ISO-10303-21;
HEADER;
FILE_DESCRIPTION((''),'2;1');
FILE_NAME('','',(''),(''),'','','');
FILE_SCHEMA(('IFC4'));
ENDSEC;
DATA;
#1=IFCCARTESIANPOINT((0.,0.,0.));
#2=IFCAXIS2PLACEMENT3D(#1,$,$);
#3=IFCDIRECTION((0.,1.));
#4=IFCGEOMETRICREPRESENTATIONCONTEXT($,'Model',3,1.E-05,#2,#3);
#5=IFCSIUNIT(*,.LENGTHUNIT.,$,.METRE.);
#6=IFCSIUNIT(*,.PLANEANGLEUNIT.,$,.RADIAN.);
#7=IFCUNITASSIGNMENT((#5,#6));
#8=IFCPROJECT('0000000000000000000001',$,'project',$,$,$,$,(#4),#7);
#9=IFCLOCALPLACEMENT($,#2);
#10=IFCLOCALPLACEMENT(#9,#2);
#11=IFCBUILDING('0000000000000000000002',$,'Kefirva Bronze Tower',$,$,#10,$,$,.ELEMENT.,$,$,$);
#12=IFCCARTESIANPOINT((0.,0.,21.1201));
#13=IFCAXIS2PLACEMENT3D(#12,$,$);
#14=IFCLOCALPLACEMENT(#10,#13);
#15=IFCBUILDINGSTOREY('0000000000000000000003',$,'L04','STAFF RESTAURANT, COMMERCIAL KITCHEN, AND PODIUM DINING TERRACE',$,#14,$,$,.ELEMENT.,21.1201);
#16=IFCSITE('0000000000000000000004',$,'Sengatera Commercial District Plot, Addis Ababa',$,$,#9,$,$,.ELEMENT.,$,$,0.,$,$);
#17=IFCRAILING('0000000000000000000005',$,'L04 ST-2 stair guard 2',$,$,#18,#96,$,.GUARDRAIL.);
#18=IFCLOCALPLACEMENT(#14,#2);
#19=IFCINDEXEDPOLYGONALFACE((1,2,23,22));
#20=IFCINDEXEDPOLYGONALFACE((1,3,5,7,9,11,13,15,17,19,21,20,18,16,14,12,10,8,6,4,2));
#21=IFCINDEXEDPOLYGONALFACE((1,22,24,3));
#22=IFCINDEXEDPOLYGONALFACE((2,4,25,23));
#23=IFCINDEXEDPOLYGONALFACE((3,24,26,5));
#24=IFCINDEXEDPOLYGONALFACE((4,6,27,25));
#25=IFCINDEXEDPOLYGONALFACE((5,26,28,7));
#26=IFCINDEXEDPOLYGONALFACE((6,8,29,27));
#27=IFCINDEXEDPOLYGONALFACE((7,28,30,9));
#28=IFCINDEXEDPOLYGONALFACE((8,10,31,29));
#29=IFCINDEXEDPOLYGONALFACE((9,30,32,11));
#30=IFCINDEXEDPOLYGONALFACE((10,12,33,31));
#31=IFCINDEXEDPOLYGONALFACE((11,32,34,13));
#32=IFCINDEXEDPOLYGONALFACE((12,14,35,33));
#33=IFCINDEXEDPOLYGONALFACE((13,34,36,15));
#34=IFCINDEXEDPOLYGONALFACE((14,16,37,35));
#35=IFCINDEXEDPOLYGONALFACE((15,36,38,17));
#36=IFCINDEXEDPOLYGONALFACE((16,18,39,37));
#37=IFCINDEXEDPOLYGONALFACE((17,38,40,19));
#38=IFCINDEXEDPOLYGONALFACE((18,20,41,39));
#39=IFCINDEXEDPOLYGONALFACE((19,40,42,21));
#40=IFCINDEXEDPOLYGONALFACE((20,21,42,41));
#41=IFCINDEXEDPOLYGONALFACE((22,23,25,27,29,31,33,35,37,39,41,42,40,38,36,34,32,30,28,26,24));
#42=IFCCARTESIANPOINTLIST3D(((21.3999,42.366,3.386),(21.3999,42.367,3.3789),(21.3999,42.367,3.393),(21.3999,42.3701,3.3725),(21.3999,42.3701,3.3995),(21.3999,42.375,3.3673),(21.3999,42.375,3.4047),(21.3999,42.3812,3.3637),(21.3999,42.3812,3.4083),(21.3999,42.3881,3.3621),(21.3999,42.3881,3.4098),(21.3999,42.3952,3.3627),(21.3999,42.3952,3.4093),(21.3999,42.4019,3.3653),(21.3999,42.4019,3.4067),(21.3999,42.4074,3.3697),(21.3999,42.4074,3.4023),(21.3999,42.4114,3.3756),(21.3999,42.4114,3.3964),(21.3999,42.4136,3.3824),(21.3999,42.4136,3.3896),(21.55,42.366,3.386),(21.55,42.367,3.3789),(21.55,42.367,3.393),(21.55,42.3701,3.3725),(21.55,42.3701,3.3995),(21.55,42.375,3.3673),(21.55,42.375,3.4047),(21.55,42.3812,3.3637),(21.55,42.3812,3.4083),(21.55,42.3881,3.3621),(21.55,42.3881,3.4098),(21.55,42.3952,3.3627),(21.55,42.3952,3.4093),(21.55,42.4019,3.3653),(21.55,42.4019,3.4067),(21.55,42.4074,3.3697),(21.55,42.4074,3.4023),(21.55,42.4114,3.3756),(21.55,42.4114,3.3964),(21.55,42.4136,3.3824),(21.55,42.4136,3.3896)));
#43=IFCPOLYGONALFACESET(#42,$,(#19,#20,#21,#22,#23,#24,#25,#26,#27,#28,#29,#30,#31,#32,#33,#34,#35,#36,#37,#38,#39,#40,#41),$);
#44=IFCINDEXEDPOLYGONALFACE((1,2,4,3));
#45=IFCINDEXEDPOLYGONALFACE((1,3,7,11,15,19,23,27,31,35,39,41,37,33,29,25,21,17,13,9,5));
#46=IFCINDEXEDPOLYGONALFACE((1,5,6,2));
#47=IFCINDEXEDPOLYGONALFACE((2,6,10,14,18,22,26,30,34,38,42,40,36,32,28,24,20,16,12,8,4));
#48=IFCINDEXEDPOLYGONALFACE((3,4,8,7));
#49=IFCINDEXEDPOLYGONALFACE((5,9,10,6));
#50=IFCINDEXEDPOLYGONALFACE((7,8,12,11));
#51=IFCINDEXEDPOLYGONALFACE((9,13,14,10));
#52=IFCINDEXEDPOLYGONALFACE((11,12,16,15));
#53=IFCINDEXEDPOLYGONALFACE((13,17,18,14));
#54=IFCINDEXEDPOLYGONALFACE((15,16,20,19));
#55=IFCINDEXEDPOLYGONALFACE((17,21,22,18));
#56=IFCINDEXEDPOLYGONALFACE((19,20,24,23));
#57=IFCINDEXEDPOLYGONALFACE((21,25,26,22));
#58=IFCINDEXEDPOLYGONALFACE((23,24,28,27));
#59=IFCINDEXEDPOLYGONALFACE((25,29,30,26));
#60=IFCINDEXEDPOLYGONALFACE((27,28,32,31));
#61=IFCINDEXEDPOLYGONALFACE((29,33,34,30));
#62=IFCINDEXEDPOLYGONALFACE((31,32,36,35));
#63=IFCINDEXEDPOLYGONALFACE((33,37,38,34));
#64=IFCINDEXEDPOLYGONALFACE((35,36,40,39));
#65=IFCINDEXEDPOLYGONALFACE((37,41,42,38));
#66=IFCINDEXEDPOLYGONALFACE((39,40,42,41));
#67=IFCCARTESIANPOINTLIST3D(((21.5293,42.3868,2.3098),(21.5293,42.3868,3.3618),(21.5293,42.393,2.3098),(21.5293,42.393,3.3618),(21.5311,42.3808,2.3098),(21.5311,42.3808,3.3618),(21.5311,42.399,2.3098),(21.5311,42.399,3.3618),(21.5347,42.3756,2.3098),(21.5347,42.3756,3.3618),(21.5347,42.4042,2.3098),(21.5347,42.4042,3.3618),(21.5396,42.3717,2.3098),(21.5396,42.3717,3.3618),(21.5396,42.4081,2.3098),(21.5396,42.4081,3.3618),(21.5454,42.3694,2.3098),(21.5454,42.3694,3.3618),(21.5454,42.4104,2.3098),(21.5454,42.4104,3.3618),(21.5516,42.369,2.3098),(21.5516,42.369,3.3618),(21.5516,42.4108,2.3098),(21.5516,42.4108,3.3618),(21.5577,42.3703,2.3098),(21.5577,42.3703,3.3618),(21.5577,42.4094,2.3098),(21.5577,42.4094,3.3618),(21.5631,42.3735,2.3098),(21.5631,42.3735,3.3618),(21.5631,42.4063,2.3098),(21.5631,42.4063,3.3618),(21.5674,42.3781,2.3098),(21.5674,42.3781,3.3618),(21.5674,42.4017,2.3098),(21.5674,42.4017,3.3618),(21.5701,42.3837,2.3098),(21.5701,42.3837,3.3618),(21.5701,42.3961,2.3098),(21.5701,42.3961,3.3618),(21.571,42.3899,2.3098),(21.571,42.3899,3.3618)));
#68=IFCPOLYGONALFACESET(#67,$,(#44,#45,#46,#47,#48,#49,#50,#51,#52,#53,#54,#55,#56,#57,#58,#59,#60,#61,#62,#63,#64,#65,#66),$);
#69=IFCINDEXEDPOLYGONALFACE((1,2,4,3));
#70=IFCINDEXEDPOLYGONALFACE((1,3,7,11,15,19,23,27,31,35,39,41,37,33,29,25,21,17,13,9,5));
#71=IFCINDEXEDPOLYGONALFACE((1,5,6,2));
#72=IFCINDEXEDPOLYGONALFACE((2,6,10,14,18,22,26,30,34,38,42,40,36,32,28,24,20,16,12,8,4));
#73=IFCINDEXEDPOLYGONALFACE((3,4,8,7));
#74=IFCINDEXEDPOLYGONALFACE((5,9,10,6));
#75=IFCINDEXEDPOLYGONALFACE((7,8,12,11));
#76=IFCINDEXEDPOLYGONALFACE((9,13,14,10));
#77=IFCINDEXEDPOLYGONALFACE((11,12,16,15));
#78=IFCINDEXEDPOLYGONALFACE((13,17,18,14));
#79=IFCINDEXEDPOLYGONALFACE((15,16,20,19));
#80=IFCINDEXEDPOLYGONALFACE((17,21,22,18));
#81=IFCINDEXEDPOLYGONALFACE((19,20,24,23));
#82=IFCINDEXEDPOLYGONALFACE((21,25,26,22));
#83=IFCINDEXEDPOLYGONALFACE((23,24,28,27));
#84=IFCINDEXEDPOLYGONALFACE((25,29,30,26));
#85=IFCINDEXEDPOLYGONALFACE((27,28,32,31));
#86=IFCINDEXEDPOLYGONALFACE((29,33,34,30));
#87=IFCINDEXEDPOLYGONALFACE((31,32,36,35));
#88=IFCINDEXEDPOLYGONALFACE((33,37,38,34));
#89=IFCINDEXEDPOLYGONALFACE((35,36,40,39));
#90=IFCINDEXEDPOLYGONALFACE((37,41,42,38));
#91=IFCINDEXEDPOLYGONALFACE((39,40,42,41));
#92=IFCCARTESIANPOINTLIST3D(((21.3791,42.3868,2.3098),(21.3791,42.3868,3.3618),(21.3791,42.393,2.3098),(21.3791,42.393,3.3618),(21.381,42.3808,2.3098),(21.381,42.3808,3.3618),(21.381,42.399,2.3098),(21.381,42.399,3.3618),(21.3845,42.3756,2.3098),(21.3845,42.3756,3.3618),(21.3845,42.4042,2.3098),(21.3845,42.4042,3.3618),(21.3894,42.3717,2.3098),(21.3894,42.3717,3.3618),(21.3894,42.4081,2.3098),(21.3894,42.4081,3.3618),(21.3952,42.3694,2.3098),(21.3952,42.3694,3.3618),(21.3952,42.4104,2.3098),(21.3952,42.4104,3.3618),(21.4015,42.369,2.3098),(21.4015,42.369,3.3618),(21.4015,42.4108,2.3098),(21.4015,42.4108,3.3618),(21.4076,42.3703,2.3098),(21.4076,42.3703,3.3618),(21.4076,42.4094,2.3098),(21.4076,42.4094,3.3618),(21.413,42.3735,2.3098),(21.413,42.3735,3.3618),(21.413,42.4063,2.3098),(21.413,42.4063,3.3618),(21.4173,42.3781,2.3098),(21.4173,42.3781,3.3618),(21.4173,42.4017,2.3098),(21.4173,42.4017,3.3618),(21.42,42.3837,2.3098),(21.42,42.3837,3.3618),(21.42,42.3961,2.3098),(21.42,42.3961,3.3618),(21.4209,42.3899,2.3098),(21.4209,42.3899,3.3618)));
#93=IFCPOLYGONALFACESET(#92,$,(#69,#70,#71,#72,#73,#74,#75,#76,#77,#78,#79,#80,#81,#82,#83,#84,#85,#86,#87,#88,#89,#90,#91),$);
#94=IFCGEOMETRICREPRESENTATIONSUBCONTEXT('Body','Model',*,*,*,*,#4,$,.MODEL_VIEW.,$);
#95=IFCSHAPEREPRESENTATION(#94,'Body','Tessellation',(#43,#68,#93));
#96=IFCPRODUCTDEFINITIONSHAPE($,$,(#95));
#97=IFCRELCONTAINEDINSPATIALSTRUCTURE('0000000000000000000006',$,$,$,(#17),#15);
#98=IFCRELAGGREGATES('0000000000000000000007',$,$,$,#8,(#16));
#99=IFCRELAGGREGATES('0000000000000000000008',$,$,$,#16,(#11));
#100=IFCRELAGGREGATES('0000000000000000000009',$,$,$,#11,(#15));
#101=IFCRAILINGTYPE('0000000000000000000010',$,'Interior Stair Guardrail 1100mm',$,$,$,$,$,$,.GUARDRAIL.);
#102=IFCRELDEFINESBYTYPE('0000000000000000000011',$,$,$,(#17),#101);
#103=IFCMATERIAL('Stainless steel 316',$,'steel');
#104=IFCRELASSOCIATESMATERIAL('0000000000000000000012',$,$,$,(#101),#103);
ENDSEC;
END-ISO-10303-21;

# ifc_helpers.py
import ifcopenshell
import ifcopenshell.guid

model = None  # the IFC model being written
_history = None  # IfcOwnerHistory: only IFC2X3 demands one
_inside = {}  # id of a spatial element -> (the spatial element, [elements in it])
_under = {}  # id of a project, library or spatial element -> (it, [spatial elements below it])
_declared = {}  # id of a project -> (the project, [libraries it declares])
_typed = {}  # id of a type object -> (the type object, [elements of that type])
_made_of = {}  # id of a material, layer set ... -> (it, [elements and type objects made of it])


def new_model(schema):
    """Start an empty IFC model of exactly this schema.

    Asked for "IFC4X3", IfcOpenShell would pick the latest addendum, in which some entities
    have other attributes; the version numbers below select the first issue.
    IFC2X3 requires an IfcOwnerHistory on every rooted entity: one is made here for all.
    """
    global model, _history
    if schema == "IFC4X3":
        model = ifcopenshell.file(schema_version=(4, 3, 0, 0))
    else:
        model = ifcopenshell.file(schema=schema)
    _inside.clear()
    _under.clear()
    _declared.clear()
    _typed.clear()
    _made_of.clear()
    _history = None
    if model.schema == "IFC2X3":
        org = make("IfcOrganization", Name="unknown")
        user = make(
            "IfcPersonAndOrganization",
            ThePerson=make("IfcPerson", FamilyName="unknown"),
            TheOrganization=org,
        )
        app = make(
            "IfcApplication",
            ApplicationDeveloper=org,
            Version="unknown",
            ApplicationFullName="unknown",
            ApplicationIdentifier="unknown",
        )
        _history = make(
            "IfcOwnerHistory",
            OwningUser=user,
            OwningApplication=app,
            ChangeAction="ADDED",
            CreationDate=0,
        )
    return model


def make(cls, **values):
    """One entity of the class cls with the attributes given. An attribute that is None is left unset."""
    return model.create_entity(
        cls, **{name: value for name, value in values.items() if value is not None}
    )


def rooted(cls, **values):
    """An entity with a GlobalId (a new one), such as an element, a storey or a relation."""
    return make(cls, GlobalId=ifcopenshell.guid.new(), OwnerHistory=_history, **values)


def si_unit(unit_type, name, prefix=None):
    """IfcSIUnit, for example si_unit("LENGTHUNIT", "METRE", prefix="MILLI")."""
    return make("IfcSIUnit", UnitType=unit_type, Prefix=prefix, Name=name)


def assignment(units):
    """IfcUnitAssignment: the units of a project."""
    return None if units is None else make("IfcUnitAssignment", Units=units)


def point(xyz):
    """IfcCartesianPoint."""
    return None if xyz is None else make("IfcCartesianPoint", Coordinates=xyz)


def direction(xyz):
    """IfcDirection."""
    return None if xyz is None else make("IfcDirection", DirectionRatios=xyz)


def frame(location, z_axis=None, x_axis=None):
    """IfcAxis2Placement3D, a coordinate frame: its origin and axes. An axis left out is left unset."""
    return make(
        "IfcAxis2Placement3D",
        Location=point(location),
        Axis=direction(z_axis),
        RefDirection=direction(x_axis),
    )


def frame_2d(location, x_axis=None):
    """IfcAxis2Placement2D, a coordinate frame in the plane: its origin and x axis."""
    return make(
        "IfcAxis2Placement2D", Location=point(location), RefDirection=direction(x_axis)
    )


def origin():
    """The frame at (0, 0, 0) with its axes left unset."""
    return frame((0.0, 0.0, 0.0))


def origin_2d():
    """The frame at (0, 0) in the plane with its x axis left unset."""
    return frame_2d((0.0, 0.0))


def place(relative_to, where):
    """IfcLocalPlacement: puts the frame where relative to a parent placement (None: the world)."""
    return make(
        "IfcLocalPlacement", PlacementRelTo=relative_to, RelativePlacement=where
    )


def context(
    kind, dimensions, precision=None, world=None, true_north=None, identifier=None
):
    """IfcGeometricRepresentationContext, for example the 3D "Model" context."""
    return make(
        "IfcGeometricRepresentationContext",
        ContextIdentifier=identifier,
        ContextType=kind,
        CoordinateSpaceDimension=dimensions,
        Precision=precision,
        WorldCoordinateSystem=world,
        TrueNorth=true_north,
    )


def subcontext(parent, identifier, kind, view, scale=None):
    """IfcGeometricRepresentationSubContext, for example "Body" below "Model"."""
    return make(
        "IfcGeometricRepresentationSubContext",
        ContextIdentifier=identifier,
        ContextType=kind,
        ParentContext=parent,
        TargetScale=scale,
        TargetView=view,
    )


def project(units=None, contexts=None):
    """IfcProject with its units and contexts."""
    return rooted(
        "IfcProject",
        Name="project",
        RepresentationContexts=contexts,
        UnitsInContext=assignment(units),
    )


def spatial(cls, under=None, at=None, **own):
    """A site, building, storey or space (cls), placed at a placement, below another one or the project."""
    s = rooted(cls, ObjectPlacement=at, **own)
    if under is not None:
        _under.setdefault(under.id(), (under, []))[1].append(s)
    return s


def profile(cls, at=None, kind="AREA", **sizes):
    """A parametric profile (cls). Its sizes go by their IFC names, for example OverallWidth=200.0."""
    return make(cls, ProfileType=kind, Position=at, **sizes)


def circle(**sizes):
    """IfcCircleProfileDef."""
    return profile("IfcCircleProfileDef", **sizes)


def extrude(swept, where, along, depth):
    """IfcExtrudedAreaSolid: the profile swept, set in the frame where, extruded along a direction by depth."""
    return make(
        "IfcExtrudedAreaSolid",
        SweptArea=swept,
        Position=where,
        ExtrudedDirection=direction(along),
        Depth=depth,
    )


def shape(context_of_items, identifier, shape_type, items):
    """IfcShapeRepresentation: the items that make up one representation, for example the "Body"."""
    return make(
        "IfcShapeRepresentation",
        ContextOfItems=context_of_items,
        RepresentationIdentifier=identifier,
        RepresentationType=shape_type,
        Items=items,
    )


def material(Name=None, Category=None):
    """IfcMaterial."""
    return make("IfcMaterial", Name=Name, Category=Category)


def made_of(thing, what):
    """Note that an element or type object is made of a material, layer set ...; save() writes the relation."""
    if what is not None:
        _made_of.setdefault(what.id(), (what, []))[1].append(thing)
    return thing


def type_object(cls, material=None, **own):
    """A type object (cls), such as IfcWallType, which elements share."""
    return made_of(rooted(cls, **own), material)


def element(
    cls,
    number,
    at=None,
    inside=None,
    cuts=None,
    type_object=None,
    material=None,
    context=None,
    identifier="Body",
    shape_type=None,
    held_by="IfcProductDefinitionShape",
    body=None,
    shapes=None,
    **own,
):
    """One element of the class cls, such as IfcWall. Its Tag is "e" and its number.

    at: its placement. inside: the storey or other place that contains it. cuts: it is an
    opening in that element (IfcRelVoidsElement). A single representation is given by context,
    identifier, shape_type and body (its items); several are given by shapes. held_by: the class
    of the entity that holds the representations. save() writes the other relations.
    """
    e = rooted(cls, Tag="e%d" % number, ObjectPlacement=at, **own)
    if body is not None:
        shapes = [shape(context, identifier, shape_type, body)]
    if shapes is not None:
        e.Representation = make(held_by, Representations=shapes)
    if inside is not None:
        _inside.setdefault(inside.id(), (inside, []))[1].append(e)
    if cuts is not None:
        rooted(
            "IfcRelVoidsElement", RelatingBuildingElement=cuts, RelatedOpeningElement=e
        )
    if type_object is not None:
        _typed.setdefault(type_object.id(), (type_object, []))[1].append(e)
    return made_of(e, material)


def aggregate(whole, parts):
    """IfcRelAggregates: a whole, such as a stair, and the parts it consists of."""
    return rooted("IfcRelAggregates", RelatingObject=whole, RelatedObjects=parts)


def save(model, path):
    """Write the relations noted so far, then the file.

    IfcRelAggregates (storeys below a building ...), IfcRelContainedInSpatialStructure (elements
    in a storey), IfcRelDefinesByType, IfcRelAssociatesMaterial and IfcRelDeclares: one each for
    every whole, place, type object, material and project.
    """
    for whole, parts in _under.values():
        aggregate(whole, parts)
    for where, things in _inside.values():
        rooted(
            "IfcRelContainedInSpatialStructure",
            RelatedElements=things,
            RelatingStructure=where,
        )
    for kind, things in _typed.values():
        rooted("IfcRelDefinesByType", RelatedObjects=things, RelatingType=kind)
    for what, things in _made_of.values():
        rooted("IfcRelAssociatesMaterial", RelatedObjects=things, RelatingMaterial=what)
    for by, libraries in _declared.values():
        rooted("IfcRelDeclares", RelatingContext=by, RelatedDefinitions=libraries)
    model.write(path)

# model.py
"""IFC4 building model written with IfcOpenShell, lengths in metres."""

from ifc_helpers import new_model, si_unit, direction, frame, origin, origin_2d, place, context, subcontext, project, spatial, circle, extrude, material, type_object, element, save


model = new_model("IFC4")

# Units and contexts
model_context = context("Model", 3, precision=1e-05, world=origin(), true_north=direction((0.0, 1.0)))
body_context = subcontext(model_context, "Body", "Model", "MODEL_VIEW")
ifc_project = project(units=[si_unit("LENGTHUNIT", "METRE"), si_unit("PLANEANGLEUNIT", "RADIAN")], contexts=[model_context])

# Site, building, storey
site_placement = place(None, origin())
site = spatial("IfcSite", under=ifc_project, at=site_placement, Name="Sengatera Commercial District Plot, Addis Ababa", CompositionType="ELEMENT", RefElevation=0.0)
building_placement = place(site_placement, origin())
building = spatial("IfcBuilding", under=site, at=building_placement, Name="Kefirva Bronze Tower", CompositionType="ELEMENT")
storey_placement = place(building_placement, frame((0.0, 0.0, 21.1201)))
storey = spatial("IfcBuildingStorey", under=building, at=storey_placement, Name="L04", Description="STAFF RESTAURANT, COMMERCIAL KITCHEN, AND PODIUM DINING TERRACE", CompositionType="ELEMENT", Elevation=21.1201)

# Railing
ifc_material_1 = material(Name="Stainless steel 316", Category="steel")
railing_type_1 = type_object("IfcRailingType", Name="Interior Stair Guardrail 1100mm", PredefinedType="GUARDRAIL", material=ifc_material_1)
railing_1_placement = place(storey_placement, frame((21.55, 42.3899, 2.3098)))
element("IfcRailing", 1, at=railing_1_placement, inside=storey, type_object=railing_type_1, Name="L04 ST-2 stair guard 2", PredefinedType="GUARDRAIL", context=body_context, shape_type="SweptSolid", body=[
    extrude(circle(Radius=0.0239, at=origin_2d()), frame((0.0, 0.0, 1.0762), z_axis=(-1.0, 0.0, 0.0), x_axis=(0.0, -1.0, 0.0)), (0.0, 0.0, 1.0), 0.1501),
    extrude(circle(Radius=0.021, at=origin_2d()), origin(), (0.0, 0.0, 1.0), 1.052),
    extrude(circle(Radius=0.021, at=origin_2d()), frame((-0.1501, 0.0, 0.0)), (0.0, 0.0, 1.0), 1.052),
])

save(model, "model.ifc")
